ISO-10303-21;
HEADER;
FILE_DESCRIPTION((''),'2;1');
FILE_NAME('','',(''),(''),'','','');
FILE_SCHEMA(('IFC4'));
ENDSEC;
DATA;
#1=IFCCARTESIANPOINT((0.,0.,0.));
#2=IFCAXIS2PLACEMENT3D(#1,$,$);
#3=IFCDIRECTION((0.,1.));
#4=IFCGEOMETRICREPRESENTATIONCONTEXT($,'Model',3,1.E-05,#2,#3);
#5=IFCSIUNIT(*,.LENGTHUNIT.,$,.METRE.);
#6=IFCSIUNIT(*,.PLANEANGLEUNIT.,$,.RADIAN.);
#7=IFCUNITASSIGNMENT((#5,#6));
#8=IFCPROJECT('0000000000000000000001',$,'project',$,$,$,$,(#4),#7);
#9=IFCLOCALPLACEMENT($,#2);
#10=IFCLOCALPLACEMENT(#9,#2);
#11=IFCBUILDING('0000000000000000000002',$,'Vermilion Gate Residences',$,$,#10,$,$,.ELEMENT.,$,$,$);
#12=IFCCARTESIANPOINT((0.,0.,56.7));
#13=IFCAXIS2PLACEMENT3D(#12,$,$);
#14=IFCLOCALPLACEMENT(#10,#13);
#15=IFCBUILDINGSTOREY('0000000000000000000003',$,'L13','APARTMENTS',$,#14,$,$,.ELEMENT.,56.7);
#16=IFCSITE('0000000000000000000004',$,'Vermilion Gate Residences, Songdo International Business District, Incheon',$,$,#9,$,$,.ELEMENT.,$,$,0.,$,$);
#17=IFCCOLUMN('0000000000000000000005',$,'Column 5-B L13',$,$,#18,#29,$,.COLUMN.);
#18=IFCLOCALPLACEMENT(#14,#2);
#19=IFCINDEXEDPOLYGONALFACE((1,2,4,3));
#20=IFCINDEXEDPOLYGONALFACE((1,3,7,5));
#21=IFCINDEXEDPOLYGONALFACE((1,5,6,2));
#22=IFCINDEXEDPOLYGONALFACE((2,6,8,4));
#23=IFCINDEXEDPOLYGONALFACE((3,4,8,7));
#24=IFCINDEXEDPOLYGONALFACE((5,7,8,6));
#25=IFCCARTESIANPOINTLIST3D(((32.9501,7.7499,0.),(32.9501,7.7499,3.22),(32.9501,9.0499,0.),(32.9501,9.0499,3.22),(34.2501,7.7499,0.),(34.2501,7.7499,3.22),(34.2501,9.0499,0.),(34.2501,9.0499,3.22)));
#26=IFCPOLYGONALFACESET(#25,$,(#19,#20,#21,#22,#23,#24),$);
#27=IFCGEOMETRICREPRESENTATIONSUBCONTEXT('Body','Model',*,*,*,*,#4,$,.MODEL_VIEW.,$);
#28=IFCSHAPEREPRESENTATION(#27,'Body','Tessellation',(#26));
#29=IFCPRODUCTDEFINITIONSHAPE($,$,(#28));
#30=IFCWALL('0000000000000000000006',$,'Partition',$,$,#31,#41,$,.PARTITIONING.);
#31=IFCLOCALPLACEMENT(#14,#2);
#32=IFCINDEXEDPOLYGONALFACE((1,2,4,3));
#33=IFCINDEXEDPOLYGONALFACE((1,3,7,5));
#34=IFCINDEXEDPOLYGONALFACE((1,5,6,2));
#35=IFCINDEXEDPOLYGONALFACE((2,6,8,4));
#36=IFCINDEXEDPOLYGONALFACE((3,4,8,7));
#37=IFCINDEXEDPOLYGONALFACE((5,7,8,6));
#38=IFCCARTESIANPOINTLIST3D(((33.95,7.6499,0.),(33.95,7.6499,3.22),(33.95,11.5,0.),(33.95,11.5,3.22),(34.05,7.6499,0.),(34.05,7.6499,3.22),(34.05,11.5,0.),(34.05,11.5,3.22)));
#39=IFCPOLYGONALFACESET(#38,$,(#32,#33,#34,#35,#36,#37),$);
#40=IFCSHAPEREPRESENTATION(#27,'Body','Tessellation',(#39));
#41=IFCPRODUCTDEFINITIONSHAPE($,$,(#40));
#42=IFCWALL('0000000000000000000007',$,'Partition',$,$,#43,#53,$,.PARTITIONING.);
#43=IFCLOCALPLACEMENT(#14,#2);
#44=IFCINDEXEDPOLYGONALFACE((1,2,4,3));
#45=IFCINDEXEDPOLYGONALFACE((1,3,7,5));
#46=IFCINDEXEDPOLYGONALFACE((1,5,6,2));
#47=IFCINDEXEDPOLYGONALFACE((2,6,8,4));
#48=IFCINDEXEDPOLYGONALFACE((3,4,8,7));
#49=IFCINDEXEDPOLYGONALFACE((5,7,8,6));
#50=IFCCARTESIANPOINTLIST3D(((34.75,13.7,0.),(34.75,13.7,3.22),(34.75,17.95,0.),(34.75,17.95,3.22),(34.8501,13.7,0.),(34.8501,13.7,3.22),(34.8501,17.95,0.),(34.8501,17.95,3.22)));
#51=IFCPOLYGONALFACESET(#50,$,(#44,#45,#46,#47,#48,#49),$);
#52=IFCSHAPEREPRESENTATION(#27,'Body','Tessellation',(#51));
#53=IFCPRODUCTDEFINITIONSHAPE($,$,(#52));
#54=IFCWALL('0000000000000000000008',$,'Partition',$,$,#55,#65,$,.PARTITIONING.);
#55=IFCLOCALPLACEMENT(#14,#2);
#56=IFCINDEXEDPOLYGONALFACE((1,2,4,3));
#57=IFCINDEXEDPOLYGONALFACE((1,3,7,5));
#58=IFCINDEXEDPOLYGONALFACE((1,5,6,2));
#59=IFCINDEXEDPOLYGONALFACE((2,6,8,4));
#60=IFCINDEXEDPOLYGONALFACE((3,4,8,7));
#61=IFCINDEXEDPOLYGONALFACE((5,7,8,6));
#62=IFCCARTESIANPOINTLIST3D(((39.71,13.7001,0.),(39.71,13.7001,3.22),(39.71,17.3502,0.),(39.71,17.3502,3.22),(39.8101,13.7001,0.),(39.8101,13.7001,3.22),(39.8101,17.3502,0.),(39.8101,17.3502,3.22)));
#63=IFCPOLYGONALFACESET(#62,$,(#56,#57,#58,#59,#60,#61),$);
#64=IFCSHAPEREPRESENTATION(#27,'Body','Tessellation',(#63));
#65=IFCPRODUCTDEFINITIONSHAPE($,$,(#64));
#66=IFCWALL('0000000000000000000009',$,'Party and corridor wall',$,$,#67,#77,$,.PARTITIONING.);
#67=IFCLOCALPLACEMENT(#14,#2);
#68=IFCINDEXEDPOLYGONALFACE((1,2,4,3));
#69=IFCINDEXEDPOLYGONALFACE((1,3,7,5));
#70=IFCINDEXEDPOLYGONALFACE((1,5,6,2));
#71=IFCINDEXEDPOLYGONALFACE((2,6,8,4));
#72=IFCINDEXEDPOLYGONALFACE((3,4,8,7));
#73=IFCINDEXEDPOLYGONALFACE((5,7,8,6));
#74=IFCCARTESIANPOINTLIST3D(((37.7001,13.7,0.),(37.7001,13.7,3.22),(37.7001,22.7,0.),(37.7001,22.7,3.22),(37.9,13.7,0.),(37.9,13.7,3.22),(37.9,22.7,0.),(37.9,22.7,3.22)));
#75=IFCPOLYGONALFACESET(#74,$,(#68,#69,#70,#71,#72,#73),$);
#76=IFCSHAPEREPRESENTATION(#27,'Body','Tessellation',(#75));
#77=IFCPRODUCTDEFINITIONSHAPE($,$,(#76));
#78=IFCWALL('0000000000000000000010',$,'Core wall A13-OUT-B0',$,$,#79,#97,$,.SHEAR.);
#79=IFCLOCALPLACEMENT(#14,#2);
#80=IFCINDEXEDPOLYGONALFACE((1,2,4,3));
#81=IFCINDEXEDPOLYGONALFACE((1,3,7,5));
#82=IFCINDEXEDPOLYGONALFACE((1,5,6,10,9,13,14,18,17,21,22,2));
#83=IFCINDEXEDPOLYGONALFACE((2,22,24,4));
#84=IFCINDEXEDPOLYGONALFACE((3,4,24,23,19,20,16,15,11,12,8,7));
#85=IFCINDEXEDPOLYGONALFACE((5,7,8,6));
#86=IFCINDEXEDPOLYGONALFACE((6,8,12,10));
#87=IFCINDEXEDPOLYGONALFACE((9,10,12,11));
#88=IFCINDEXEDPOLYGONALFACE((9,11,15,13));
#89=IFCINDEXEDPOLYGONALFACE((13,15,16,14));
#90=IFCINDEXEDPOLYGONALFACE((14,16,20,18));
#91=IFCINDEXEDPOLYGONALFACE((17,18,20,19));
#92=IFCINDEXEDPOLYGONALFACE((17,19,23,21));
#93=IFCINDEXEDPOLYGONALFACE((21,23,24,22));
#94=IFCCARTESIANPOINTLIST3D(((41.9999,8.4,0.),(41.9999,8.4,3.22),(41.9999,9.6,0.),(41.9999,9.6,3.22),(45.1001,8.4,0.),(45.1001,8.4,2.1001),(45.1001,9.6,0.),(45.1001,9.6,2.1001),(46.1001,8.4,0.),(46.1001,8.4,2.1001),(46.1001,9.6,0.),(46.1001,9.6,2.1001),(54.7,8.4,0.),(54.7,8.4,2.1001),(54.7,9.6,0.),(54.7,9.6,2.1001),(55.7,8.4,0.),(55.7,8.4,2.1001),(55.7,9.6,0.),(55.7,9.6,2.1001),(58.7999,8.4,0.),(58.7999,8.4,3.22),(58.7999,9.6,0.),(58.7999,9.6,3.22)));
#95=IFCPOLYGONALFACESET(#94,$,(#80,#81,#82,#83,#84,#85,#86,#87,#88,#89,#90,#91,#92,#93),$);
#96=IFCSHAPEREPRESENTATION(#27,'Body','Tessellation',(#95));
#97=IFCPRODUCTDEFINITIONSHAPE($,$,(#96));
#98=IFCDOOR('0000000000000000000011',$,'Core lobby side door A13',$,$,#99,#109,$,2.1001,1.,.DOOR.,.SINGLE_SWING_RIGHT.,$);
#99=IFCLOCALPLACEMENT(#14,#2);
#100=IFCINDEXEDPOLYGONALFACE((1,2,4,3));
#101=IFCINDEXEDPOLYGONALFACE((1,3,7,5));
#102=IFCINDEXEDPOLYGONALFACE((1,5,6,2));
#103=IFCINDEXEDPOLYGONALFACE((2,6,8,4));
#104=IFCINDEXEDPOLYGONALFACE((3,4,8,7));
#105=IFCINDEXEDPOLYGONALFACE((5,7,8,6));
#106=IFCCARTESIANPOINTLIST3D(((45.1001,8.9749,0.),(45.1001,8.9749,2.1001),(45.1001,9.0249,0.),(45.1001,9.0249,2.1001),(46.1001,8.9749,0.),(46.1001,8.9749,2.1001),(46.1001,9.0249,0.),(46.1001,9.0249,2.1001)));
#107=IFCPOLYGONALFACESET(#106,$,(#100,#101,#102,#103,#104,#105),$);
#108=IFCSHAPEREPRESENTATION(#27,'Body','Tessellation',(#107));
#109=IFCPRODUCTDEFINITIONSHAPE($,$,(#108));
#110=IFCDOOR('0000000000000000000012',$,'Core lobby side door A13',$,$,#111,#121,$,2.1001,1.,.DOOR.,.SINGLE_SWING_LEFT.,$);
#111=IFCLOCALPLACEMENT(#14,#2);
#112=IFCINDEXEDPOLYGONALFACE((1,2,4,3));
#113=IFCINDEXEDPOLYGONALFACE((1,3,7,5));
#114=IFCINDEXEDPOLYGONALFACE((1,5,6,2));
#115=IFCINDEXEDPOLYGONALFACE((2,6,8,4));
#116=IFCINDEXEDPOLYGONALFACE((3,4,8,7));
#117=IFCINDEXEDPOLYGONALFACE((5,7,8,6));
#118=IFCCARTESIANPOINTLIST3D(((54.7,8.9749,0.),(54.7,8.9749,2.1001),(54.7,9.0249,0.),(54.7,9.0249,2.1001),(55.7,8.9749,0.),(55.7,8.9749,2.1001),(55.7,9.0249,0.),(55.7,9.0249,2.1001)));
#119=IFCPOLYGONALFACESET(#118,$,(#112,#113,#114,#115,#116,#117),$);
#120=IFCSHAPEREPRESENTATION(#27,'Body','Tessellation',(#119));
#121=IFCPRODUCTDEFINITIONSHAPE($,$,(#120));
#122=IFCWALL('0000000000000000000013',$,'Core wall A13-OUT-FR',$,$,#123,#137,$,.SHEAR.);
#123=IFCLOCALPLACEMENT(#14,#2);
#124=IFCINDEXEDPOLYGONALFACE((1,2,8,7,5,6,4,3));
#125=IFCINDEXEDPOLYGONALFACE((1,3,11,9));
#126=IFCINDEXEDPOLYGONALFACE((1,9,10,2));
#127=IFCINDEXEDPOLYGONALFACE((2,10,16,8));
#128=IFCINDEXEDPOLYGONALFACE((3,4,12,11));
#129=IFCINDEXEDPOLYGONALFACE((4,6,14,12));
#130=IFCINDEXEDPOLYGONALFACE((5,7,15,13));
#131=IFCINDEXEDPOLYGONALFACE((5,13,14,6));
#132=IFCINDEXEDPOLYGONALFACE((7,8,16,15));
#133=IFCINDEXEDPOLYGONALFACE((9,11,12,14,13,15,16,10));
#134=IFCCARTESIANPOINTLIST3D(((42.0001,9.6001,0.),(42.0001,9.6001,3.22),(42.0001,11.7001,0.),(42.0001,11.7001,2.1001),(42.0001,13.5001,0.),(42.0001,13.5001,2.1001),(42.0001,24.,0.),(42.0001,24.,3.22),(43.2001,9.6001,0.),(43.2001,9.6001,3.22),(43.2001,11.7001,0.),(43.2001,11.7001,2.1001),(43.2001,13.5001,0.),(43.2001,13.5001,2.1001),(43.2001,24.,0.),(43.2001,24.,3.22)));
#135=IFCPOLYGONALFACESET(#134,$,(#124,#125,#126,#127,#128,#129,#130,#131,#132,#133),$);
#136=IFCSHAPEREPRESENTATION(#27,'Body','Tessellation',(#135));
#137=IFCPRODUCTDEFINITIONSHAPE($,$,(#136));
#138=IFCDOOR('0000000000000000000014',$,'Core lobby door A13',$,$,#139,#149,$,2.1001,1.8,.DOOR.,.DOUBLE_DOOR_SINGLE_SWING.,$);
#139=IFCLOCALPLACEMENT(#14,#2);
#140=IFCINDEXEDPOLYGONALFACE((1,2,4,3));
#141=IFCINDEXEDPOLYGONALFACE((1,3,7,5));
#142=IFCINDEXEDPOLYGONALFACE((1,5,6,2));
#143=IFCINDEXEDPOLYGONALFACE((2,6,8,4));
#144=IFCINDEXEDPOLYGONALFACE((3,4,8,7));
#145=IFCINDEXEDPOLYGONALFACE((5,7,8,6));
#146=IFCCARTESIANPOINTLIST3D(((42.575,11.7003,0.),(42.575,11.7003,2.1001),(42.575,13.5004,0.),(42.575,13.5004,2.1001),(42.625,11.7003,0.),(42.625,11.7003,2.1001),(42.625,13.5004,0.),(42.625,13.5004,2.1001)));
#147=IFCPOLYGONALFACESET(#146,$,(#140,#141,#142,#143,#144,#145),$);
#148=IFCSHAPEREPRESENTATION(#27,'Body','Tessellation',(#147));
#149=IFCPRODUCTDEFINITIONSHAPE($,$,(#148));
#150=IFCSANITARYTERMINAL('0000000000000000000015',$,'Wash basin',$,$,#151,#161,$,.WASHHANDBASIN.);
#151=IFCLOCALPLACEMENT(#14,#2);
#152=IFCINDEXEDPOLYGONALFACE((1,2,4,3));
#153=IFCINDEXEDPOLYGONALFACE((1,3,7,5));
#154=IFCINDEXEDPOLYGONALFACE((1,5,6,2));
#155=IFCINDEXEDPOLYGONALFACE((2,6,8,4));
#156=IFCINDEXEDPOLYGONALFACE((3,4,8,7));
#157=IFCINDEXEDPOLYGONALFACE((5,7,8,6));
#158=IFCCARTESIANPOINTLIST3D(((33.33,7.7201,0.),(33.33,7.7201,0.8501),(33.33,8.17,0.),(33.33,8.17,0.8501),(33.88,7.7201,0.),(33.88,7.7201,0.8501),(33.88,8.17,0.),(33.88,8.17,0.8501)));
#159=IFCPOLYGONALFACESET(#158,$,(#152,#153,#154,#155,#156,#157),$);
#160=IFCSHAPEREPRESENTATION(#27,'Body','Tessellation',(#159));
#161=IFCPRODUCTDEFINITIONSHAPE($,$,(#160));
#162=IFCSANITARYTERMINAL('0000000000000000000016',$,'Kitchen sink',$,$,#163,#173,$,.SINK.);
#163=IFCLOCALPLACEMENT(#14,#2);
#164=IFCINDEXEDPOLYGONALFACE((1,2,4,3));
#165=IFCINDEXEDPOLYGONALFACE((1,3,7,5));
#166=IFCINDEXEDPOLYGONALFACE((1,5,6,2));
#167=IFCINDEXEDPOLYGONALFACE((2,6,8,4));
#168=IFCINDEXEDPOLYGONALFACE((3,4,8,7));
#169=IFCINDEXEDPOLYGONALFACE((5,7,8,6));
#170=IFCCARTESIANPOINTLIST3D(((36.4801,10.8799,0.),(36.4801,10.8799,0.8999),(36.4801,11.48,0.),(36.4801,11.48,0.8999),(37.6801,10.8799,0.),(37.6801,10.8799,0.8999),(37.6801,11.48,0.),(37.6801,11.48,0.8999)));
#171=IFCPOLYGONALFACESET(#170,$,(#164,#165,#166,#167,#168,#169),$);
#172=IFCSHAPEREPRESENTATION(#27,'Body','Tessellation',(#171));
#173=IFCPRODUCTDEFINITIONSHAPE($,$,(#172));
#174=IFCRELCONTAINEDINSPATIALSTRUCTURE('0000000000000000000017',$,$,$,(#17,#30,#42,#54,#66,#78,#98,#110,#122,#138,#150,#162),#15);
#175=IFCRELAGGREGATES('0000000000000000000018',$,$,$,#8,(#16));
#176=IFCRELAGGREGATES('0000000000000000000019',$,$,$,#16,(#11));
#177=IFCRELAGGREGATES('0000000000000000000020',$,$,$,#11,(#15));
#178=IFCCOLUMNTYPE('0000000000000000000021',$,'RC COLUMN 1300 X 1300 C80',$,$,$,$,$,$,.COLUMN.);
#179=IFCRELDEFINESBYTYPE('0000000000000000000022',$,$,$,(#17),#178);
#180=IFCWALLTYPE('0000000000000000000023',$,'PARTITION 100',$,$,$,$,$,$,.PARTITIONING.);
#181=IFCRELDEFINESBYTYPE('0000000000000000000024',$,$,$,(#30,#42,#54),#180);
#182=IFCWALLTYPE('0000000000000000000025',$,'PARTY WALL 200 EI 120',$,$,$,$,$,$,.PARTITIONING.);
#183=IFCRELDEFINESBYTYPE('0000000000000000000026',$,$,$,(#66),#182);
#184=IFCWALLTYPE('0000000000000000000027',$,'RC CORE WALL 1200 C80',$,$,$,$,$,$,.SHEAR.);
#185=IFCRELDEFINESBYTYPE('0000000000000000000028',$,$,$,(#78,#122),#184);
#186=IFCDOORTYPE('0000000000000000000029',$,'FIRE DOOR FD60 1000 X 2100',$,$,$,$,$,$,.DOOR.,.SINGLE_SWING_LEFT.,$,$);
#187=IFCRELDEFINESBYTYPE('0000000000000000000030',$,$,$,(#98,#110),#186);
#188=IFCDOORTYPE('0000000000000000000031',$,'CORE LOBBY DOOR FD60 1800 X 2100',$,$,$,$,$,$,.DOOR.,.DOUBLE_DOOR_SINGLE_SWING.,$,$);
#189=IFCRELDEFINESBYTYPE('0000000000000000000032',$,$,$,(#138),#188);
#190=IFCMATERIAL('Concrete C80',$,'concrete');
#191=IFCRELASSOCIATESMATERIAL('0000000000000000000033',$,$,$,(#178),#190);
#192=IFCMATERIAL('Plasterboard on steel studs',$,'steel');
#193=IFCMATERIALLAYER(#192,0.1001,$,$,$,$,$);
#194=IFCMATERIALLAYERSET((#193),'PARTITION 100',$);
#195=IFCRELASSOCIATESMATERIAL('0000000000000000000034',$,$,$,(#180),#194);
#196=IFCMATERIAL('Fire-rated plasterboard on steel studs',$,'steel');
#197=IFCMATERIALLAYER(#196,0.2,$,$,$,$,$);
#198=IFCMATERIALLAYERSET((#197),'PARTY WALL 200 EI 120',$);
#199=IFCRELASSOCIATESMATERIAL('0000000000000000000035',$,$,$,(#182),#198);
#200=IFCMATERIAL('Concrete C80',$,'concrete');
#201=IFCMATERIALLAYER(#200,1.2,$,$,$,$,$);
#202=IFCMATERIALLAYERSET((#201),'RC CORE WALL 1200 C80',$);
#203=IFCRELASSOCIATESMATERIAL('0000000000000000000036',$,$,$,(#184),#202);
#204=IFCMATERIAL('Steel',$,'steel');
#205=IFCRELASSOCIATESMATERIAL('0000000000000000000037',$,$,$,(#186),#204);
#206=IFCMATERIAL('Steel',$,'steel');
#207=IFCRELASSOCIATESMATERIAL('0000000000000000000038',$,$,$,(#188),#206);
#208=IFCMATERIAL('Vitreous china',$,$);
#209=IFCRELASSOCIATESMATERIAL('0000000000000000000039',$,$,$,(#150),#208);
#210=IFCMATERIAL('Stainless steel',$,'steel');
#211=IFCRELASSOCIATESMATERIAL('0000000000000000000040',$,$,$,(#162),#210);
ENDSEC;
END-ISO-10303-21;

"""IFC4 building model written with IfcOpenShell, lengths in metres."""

from ifc_helpers import new_model, si_unit, direction, frame, frame_2d, origin, origin_2d, place, context, subcontext, project, spatial, rectangle, extrude, material, layer, layer_set, material_profile, profile_set, type_object, element, fill, save


model = new_model("IFC4")

# Units and contexts
model_context = context("Model", 3, precision=1e-05, world=origin(), true_north=direction((0.0, 1.0)))
body_context = subcontext(model_context, "Body", "Model", "MODEL_VIEW")
ifc_project = project(units=[si_unit("LENGTHUNIT", "METRE"), si_unit("PLANEANGLEUNIT", "RADIAN")], contexts=[model_context])

# Site, building, storey
site_placement = place(None, origin())
site = spatial("IfcSite", under=ifc_project, at=site_placement, Name="Vermilion Gate Residences, Songdo International Business District, Incheon", CompositionType="ELEMENT", RefElevation=0.0)
building_placement = place(site_placement, origin())
building = spatial("IfcBuilding", under=site, at=building_placement, Name="Vermilion Gate Residences", CompositionType="ELEMENT")
storey_placement = place(building_placement, frame((0.0, 0.0, 56.7)))
storey = spatial("IfcBuildingStorey", under=building, at=storey_placement, Name="L13", Description="APARTMENTS", CompositionType="ELEMENT", Elevation=56.7)

# Column
ifc_material_1 = material(Name="Concrete C80", Category="concrete")
ifc_material_profile = material_profile(ifc_material_1, rectangle(XDim=1.3, YDim=1.3, at=origin_2d()), Name="RC-1300x1300")
ifc_profile_set = profile_set([ifc_material_profile], Name="Concrete C80")
column_type = type_object("IfcColumnType", Name="RC COLUMN 1300 X 1300 C80", PredefinedType="COLUMN", material=ifc_profile_set)
column_placement = place(storey_placement, frame((33.6001, 8.3999, 0.0), z_axis=(0.0, 0.0, 1.0), x_axis=(1.0, 0.0, 0.0)))
element("IfcColumn", 1, at=column_placement, inside=storey, type_object=column_type, Name="Column 5-B L13", PredefinedType="COLUMN", context=body_context, shape_type="SweptSolid", body=[
    extrude(rectangle(XDim=1.3, YDim=1.3, at=origin_2d()), origin(), (0.0, 0.0, 1.0), 3.22),
])

# Walls
ifc_material_2 = material(Name="Plasterboard on steel studs", Category="steel")
ifc_layer_1 = layer(ifc_material_2, 0.1001)
ifc_layer_set_1 = layer_set([ifc_layer_1], Name="PARTITION 100")
wall_type_1 = type_object("IfcWallType", Name="PARTITION 100", PredefinedType="PARTITIONING", material=ifc_layer_set_1)
wall_1_placement = place(storey_placement, frame((34.0, 7.6499, 0.0), z_axis=(0.0, 0.0, 1.0), x_axis=(0.0, 1.0, 0.0)))
element("IfcWall", 2, at=wall_1_placement, inside=storey, type_object=wall_type_1, Name="Partition", PredefinedType="PARTITIONING", context=body_context, shape_type="SweptSolid", body=[
    extrude(rectangle(XDim=3.8501, YDim=0.1001, at=frame_2d((1.925, 0.0))), origin(), (0.0, 0.0, 1.0), 3.22),
])
wall_2_placement = place(storey_placement, frame((34.8, 13.7, 0.0), z_axis=(0.0, 0.0, 1.0), x_axis=(0.0, 1.0, 0.0)))
element("IfcWall", 3, at=wall_2_placement, inside=storey, type_object=wall_type_1, Name="Partition", PredefinedType="PARTITIONING", context=body_context, shape_type="SweptSolid", body=[
    extrude(rectangle(XDim=4.25, YDim=0.1001, at=frame_2d((2.125, 0.0))), origin(), (0.0, 0.0, 1.0), 3.22),
])
wall_3_placement = place(storey_placement, frame((39.76, 13.7, 0.0), z_axis=(0.0, 0.0, 1.0), x_axis=(0.0, 1.0, 0.0)))
element("IfcWall", 4, at=wall_3_placement, inside=storey, type_object=wall_type_1, Name="Partition", PredefinedType="PARTITIONING", context=body_context, shape_type="SweptSolid", body=[
    extrude(rectangle(XDim=3.6501, YDim=0.1001, at=frame_2d((1.8252, 0.0))), origin(), (0.0, 0.0, 1.0), 3.22),
])
ifc_material_3 = material(Name="Fire-rated plasterboard on steel studs", Category="steel")
ifc_layer_2 = layer(ifc_material_3, 0.2)
ifc_layer_set_2 = layer_set([ifc_layer_2], Name="PARTY WALL 200 EI 120")
wall_type_2 = type_object("IfcWallType", Name="PARTY WALL 200 EI 120", PredefinedType="PARTITIONING", material=ifc_layer_set_2)
wall_4_placement = place(storey_placement, frame((37.8, 13.7, 0.0), z_axis=(0.0, 0.0, 1.0), x_axis=(0.0, 1.0, 0.0)))
element("IfcWall", 5, at=wall_4_placement, inside=storey, type_object=wall_type_2, Name="Party and corridor wall", PredefinedType="PARTITIONING", context=body_context, shape_type="SweptSolid", body=[
    extrude(rectangle(XDim=9.0, YDim=0.2, at=frame_2d((4.5, 0.0))), origin(), (0.0, 0.0, 1.0), 3.22),
])

# Wall, openings, doors
ifc_material_4 = material(Name="Concrete C80", Category="concrete")
ifc_layer_3 = layer(ifc_material_4, 1.2)
ifc_layer_set_3 = layer_set([ifc_layer_3], Name="RC CORE WALL 1200 C80")
wall_type_3 = type_object("IfcWallType", Name="RC CORE WALL 1200 C80", PredefinedType="SHEAR", material=ifc_layer_set_3)
wall_5_placement = place(storey_placement, frame((42.0, 9.0, 0.0), z_axis=(0.0, 0.0, 1.0), x_axis=(1.0, 0.0, 0.0)))
wall_5 = element("IfcWall", 6, at=wall_5_placement, inside=storey, type_object=wall_type_3, Name="Core wall A13-OUT-B0", PredefinedType="SHEAR", context=body_context, shape_type="SweptSolid", body=[
    extrude(rectangle(XDim=16.8, YDim=1.2, at=frame_2d((8.3999, 0.0))), origin(), (0.0, 0.0, 1.0), 3.22),
])
opening_1_placement = place(wall_5_placement, frame((3.1001, 0.0, 0.0)))
opening_1 = element("IfcOpeningElement", 7, at=opening_1_placement, cuts=wall_5, PredefinedType="OPENING", context=body_context, shape_type="SweptSolid", body=[
    extrude(rectangle(XDim=1.0, YDim=2.1001, at=frame_2d((0.5, 1.05))), frame((0.0, 0.6099, 0.0), z_axis=(0.0, -1.0, 0.0), x_axis=(1.0, 0.0, 0.0)), (0.0, 0.0, 1.0), 1.22),
])
opening_2_placement = place(wall_5_placement, frame((12.7, 0.0, 0.0)))
opening_2 = element("IfcOpeningElement", 8, at=opening_2_placement, cuts=wall_5, PredefinedType="OPENING", context=body_context, shape_type="SweptSolid", body=[
    extrude(rectangle(XDim=1.0, YDim=2.1001, at=frame_2d((0.5, 1.05))), frame((0.0, 0.6099, 0.0), z_axis=(0.0, -1.0, 0.0), x_axis=(1.0, 0.0, 0.0)), (0.0, 0.0, 1.0), 1.22),
])
ifc_material_5 = material(Name="Steel", Category="steel")
door_type_1 = type_object("IfcDoorType", Name="FIRE DOOR FD60 1000 X 2100", OperationType="SINGLE_SWING_LEFT", PredefinedType="DOOR", material=ifc_material_5)
door_1_placement = place(opening_1_placement, origin())
door_1 = element("IfcDoor", 9, at=door_1_placement, inside=storey, type_object=door_type_1, Name="Core lobby side door A13", OperationType="SINGLE_SWING_RIGHT", OverallHeight=2.1001, OverallWidth=1.0, PredefinedType="DOOR", context=body_context, shape_type="SweptSolid", body=[
    extrude(rectangle(XDim=1.0, YDim=2.1001, at=frame_2d((0.5, 1.05))), frame((0.0, 0.0249, 0.0), z_axis=(0.0, -1.0, 0.0), x_axis=(1.0, 0.0, 0.0)), (0.0, 0.0, 1.0), 0.05),
])
fill(opening_1, door_1)
door_2_placement = place(opening_2_placement, origin())
door_2 = element("IfcDoor", 10, at=door_2_placement, inside=storey, type_object=door_type_1, Name="Core lobby side door A13", OperationType="SINGLE_SWING_LEFT", OverallHeight=2.1001, OverallWidth=1.0, PredefinedType="DOOR", context=body_context, shape_type="SweptSolid", body=[
    extrude(rectangle(XDim=1.0, YDim=2.1001, at=frame_2d((0.5, 1.05))), frame((0.0, 0.0249, 0.0), z_axis=(0.0, -1.0, 0.0), x_axis=(1.0, 0.0, 0.0)), (0.0, 0.0, 1.0), 0.05),
])
fill(opening_2, door_2)

# Wall, opening, door
wall_6_placement = place(storey_placement, frame((42.6001, 9.6001, 0.0), z_axis=(0.0, 0.0, 1.0), x_axis=(0.0, 1.0, 0.0)))
wall_6 = element("IfcWall", 11, at=wall_6_placement, inside=storey, type_object=wall_type_3, Name="Core wall A13-OUT-FR", PredefinedType="SHEAR", context=body_context, shape_type="SweptSolid", body=[
    extrude(rectangle(XDim=14.3999, YDim=1.2, at=frame_2d((7.2, 0.0))), origin(), (0.0, 0.0, 1.0), 3.22),
])
opening_3_placement = place(wall_6_placement, frame((2.1001, 0.0, 0.0)))
opening_3 = element("IfcOpeningElement", 12, at=opening_3_placement, cuts=wall_6, PredefinedType="OPENING", context=body_context, shape_type="SweptSolid", body=[
    extrude(rectangle(XDim=1.8, YDim=2.1001, at=frame_2d((0.8999, 1.05))), frame((0.0, 0.6099, 0.0), z_axis=(0.0, -1.0, 0.0), x_axis=(1.0, 0.0, 0.0)), (0.0, 0.0, 1.0), 1.22),
])
ifc_material_6 = material(Name="Steel", Category="steel")
door_type_2 = type_object("IfcDoorType", Name="CORE LOBBY DOOR FD60 1800 X 2100", OperationType="DOUBLE_DOOR_SINGLE_SWING", PredefinedType="DOOR", material=ifc_material_6)
door_3_placement = place(opening_3_placement, frame((1.8, 0.0, 0.0), z_axis=(0.0, 0.0, 1.0), x_axis=(-1.0, 0.0, 0.0)))
door_3 = element("IfcDoor", 13, at=door_3_placement, inside=storey, type_object=door_type_2, Name="Core lobby door A13", OperationType="DOUBLE_DOOR_SINGLE_SWING", OverallHeight=2.1001, OverallWidth=1.8, PredefinedType="DOOR", context=body_context, shape_type="SweptSolid", body=[
    extrude(rectangle(XDim=1.8, YDim=2.1001, at=frame_2d((0.8999, 1.05))), frame((0.0, 0.0249, 0.0), z_axis=(0.0, -1.0, 0.0), x_axis=(1.0, 0.0, 0.0)), (0.0, 0.0, 1.0), 0.05),
])
fill(opening_3, door_3)

# Sanitary terminals
ifc_material_7 = material(Name="Vitreous china")
sanitary_terminal_1_placement = place(storey_placement, frame((33.605, 7.9451, 0.0), z_axis=(0.0, 0.0, 1.0), x_axis=(1.0, 0.0, 0.0)))
element("IfcSanitaryTerminal", 14, at=sanitary_terminal_1_placement, inside=storey, material=ifc_material_7, Name="Wash basin", PredefinedType="WASHHANDBASIN", context=body_context, shape_type="SweptSolid", body=[
    extrude(rectangle(XDim=0.55, YDim=0.45, at=origin_2d()), origin(), (0.0, 0.0, 1.0), 0.8501),
])
ifc_material_8 = material(Name="Stainless steel", Category="steel")
sanitary_terminal_2_placement = place(storey_placement, frame((37.0801, 11.1799, 0.0), z_axis=(0.0, 0.0, 1.0), x_axis=(1.0, 0.0, 0.0)))
element("IfcSanitaryTerminal", 15, at=sanitary_terminal_2_placement, inside=storey, material=ifc_material_8, Name="Kitchen sink", PredefinedType="SINK", context=body_context, shape_type="SweptSolid", body=[
    extrude(rectangle(XDim=1.2, YDim=0.6001, at=origin_2d()), origin(), (0.0, 0.0, 1.0), 0.8999),
])

save(model, "model.ifc")
